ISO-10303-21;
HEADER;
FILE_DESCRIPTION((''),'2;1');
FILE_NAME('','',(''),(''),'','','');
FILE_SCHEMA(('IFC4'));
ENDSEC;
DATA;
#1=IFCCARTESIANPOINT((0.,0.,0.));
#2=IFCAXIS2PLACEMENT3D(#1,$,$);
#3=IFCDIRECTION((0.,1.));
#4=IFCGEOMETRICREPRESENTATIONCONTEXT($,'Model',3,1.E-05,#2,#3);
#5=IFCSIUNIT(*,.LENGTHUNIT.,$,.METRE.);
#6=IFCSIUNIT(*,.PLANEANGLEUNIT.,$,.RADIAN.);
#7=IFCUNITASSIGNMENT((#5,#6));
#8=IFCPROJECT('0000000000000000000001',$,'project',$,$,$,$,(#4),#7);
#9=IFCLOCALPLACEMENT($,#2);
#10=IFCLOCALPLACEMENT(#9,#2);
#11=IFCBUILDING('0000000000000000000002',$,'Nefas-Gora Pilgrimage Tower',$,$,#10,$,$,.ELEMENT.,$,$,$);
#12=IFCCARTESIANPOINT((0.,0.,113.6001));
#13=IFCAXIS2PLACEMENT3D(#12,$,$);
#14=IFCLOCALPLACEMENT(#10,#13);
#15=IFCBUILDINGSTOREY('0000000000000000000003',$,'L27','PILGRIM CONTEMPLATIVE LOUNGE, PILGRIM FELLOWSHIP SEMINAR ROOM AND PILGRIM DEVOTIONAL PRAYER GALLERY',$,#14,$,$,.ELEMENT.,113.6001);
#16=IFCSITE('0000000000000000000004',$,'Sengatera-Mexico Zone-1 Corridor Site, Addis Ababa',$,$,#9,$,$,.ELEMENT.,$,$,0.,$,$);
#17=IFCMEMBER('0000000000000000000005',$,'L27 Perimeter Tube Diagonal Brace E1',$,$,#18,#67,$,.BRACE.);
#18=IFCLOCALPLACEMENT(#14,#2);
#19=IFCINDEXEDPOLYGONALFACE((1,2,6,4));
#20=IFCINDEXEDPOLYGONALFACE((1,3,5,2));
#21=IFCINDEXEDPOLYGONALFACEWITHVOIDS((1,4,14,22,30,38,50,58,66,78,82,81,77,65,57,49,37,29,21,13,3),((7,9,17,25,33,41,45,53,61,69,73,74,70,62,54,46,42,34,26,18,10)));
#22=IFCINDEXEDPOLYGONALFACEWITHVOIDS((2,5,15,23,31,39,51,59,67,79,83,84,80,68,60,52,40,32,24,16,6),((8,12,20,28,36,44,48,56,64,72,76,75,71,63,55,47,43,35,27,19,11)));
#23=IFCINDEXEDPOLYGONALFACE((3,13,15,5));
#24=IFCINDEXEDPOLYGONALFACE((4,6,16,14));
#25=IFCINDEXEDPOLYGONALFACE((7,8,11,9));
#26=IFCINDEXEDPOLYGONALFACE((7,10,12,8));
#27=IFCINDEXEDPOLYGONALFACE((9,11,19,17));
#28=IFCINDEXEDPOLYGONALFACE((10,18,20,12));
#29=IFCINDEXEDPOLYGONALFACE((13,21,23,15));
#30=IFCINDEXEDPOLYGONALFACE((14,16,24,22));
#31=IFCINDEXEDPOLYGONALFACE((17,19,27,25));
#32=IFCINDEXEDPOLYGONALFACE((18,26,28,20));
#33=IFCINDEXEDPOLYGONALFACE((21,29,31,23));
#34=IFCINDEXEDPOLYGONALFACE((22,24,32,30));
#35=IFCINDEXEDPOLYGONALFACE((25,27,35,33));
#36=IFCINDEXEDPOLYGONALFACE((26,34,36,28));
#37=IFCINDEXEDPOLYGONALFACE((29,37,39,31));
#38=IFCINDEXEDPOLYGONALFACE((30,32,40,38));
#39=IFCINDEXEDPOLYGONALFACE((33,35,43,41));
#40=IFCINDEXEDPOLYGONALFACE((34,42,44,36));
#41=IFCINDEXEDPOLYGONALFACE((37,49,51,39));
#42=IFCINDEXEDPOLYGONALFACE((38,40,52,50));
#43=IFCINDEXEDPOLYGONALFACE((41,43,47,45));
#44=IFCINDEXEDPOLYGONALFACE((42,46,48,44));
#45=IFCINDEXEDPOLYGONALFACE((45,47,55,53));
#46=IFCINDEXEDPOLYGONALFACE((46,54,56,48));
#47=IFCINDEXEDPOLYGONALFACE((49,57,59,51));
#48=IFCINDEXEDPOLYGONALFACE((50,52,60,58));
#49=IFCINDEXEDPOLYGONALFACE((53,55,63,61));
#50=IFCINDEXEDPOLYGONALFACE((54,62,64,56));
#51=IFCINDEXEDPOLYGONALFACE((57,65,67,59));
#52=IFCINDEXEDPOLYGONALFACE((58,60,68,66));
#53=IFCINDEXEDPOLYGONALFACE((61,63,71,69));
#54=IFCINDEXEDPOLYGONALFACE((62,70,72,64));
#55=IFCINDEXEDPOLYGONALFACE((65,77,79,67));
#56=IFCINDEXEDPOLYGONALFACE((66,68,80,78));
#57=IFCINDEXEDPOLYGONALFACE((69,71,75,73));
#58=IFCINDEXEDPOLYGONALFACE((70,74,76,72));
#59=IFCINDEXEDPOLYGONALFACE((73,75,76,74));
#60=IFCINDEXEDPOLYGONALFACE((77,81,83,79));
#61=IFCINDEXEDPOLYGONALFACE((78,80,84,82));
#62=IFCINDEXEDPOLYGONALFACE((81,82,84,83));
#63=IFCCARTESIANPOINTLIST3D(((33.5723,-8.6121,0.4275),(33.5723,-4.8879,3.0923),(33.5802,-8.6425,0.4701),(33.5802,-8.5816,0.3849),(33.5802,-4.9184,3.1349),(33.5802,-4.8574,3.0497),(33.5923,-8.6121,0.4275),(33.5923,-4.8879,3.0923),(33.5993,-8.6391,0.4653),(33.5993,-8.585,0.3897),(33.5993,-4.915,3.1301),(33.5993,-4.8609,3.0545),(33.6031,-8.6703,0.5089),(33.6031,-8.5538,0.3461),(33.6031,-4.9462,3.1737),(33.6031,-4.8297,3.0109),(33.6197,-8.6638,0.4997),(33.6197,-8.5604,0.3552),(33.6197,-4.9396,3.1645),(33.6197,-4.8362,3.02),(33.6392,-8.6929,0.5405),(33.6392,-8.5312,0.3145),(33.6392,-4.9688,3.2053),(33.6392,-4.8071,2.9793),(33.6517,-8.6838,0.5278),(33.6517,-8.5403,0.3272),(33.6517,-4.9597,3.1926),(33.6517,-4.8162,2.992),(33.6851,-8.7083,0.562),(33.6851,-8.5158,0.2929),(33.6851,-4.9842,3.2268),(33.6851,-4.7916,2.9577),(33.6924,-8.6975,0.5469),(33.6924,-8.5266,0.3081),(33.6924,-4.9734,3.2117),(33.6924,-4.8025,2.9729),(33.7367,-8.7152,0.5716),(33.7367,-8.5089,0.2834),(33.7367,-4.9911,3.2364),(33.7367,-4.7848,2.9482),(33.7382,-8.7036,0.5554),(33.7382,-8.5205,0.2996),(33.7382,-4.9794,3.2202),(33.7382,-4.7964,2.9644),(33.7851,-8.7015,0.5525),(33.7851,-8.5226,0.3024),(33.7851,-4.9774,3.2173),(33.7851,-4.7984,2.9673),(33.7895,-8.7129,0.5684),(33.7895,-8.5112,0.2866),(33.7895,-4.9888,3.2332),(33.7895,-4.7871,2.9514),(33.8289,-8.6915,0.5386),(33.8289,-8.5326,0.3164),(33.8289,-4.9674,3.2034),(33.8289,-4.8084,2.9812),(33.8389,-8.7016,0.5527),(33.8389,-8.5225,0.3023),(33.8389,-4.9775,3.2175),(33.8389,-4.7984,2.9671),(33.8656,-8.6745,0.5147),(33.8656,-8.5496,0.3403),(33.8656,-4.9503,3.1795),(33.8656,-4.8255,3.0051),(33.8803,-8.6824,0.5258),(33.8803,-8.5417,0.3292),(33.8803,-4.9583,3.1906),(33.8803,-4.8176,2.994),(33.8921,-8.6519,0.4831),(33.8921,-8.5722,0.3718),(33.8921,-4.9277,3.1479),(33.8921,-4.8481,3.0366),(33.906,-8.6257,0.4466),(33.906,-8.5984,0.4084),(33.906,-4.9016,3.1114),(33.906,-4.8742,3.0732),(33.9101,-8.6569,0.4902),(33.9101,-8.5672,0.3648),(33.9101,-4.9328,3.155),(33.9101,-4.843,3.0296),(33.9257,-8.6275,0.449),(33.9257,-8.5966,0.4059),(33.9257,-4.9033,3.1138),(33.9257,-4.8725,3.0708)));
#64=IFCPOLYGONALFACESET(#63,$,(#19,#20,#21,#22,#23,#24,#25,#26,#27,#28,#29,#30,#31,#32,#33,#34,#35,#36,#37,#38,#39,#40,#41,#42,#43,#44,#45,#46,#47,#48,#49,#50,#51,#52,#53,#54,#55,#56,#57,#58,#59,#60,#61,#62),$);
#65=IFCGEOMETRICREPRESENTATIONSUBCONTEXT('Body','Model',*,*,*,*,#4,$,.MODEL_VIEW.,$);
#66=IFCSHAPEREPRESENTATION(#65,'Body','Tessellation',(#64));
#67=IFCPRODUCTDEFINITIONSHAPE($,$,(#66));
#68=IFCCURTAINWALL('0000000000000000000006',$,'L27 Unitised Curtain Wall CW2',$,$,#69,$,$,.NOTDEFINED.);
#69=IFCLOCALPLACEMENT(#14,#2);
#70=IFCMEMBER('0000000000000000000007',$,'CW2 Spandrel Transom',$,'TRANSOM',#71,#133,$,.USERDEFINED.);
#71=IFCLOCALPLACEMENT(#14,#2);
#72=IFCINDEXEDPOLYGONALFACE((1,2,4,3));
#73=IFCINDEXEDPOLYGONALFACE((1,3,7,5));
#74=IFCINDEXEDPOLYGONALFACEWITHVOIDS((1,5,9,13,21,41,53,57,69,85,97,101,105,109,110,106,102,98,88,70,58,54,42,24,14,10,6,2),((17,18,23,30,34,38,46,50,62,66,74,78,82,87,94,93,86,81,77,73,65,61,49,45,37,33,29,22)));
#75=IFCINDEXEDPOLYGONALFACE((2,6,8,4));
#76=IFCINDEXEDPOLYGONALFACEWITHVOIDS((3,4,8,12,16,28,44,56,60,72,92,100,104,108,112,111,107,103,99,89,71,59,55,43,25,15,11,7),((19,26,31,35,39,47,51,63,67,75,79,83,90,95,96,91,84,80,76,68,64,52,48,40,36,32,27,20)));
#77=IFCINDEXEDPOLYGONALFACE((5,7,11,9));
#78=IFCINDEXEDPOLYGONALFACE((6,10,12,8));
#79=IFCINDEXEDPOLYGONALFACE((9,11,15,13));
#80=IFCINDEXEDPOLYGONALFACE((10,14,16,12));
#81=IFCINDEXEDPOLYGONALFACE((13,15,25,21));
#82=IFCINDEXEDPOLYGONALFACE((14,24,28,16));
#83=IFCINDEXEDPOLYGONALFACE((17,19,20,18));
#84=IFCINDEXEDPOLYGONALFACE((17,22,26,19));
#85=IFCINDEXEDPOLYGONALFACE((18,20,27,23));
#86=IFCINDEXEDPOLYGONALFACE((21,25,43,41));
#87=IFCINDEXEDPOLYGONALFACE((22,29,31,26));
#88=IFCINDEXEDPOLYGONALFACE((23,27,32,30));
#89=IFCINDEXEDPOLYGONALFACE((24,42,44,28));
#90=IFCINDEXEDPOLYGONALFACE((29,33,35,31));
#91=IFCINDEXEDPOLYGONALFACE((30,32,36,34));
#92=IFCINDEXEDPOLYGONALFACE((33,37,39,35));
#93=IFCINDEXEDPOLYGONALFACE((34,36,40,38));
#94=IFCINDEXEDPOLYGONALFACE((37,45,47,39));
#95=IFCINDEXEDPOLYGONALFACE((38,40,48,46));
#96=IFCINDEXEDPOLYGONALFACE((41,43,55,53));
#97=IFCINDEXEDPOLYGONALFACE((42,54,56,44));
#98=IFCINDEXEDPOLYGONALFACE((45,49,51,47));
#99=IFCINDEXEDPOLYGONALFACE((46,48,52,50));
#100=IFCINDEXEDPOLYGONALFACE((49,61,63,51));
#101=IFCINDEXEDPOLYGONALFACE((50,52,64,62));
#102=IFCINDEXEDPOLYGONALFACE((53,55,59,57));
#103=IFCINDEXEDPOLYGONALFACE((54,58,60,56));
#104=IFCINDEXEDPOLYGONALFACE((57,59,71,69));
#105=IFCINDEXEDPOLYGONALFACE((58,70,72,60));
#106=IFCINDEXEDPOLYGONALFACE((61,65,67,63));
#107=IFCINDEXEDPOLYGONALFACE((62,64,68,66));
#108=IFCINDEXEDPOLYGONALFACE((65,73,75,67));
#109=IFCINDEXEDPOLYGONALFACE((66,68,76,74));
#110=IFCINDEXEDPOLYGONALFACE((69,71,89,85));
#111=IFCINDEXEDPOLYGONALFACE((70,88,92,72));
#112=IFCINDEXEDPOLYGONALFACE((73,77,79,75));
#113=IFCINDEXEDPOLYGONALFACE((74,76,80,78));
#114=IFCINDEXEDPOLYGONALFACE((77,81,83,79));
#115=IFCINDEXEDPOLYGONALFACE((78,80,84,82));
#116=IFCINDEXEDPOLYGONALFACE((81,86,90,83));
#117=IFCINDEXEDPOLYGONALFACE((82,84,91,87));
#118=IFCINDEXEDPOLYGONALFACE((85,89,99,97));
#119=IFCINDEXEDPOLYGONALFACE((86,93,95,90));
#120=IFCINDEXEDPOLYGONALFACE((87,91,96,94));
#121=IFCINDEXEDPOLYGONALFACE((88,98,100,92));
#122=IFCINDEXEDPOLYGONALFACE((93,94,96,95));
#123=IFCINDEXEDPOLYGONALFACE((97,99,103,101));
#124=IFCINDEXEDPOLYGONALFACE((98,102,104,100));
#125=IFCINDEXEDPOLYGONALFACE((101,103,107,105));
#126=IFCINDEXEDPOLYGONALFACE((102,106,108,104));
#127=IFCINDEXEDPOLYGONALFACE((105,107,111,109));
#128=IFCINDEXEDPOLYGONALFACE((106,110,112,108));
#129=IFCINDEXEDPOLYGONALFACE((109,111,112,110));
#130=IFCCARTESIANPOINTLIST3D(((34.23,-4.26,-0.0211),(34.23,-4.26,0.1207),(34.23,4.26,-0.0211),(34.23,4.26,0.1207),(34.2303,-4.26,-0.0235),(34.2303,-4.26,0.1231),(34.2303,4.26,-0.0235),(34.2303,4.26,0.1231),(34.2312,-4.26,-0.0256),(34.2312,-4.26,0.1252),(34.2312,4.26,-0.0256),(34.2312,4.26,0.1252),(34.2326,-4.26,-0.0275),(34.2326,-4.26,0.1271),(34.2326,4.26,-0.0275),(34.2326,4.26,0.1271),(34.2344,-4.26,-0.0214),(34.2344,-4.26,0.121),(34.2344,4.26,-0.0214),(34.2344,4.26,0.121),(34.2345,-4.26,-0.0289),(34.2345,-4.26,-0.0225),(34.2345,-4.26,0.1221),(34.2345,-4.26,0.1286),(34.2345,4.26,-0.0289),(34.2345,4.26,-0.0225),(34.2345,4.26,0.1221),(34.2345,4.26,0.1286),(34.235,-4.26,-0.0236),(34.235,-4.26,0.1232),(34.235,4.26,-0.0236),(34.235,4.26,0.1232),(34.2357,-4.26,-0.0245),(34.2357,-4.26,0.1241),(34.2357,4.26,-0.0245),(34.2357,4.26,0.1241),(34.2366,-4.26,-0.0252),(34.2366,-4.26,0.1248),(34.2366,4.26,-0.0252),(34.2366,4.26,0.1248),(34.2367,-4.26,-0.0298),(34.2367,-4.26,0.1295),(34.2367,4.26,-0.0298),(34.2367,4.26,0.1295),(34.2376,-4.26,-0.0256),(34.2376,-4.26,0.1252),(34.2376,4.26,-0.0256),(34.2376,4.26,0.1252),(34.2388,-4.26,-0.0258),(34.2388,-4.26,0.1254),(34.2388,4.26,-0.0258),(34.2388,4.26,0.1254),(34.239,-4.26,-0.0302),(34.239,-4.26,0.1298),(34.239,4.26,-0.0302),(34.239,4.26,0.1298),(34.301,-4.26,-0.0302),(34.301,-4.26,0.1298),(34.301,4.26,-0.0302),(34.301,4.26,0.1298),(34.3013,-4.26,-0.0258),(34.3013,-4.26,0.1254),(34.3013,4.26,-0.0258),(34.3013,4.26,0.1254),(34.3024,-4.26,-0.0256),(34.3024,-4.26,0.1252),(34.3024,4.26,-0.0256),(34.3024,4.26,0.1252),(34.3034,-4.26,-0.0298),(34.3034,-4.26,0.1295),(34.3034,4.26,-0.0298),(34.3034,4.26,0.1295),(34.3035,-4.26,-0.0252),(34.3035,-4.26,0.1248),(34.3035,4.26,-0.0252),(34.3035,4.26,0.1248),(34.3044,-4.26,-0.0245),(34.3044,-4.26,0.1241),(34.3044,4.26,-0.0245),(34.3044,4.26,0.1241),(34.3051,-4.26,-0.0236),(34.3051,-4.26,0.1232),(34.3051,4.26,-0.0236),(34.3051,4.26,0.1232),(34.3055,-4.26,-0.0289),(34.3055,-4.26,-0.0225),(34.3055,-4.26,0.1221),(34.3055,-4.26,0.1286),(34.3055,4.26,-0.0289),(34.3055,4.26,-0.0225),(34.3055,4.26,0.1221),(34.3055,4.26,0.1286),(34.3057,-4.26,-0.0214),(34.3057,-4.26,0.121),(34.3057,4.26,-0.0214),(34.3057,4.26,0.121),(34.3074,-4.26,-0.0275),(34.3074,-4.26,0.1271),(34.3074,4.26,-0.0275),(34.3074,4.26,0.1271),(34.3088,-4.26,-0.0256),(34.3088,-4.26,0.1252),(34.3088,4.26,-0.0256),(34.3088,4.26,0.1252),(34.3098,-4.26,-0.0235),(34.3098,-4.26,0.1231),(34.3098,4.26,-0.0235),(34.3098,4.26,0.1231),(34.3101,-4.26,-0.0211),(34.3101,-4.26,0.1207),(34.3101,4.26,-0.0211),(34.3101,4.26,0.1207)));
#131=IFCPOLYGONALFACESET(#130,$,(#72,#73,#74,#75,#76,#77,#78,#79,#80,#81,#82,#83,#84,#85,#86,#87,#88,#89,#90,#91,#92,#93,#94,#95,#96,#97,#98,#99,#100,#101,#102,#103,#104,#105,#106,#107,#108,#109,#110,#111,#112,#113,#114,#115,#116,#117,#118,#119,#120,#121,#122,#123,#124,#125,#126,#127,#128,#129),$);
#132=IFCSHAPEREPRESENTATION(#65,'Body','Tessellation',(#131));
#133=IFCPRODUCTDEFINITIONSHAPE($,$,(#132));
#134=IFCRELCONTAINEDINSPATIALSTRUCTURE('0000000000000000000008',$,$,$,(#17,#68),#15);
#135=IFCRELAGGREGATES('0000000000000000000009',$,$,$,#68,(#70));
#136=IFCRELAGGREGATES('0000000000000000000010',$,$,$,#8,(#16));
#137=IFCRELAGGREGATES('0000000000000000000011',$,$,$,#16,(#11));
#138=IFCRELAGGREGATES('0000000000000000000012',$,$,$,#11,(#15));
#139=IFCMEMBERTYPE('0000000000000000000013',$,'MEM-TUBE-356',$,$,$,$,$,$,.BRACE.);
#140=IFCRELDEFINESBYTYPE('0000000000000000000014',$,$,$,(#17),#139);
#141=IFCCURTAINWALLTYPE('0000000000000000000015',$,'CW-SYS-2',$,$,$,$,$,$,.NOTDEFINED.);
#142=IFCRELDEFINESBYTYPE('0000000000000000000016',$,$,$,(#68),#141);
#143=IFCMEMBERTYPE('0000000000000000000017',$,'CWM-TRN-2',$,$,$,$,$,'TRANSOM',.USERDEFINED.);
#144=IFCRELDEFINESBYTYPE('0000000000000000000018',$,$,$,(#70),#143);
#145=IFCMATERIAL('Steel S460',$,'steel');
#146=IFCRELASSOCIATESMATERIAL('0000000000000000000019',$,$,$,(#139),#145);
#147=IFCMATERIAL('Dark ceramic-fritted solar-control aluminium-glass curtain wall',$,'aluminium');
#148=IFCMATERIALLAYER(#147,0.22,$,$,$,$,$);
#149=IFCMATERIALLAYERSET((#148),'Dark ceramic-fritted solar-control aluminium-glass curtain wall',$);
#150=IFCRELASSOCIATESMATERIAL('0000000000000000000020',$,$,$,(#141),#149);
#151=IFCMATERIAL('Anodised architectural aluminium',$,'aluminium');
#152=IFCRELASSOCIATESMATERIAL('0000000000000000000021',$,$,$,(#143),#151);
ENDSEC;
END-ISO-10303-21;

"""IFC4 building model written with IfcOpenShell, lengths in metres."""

from ifc_helpers import new_model, si_unit, direction, frame, origin, origin_2d, place, context, subcontext, project, spatial, hollow_rectangle, hollow_circle, extrude, source, transform, mapped, material, layer, layer_set, material_profile, profile_set, type_object, element, aggregate, save


model = new_model("IFC4")

# Units and contexts
model_context = context("Model", 3, precision=1e-05, world=origin(), true_north=direction((0.0, 1.0)))
body_context = subcontext(model_context, "Body", "Model", "MODEL_VIEW")
ifc_project = project(units=[si_unit("LENGTHUNIT", "METRE"), si_unit("PLANEANGLEUNIT", "RADIAN")], contexts=[model_context])

# Site, building, storey
site_placement = place(None, origin())
site = spatial("IfcSite", under=ifc_project, at=site_placement, Name="Sengatera-Mexico Zone-1 Corridor Site, Addis Ababa", CompositionType="ELEMENT", RefElevation=0.0)
building_placement = place(site_placement, origin())
building = spatial("IfcBuilding", under=site, at=building_placement, Name="Nefas-Gora Pilgrimage Tower", CompositionType="ELEMENT")
storey_placement = place(building_placement, frame((0.0, 0.0, 113.6001)))
storey = spatial("IfcBuildingStorey", under=building, at=storey_placement, Name="L27", Description="PILGRIM CONTEMPLATIVE LOUNGE, PILGRIM FELLOWSHIP SEMINAR ROOM AND PILGRIM DEVOTIONAL PRAYER GALLERY", CompositionType="ELEMENT", Elevation=113.6001)

# Shared definitions
ifc_material_1 = material(Name="Steel S460", Category="steel")

# Member
ifc_material_profile_1 = material_profile(ifc_material_1, hollow_circle(Radius=0.1777, WallThickness=0.02, at=origin_2d()), Name="CHS 355.6x20")
ifc_profile_set_1 = profile_set([ifc_material_profile_1], Name="Steel S460")
member_type_1 = type_object("IfcMemberType", Name="MEM-TUBE-356", PredefinedType="BRACE", material=ifc_profile_set_1)
shared_shape_1 = source(origin(), body_context, "Body", "SweptSolid", [
    extrude(hollow_circle(Radius=0.1777, WallThickness=0.02, at=origin_2d()), origin(), (0.0, 0.0, 1.0), 4.5793),
])
member_1_placement = place(storey_placement, frame((33.75, -8.6121, 0.4275), z_axis=(0.0, 0.813247, 0.581919), x_axis=(-1.0, 0.0, 0.0)))
element("IfcMember", 1, at=member_1_placement, inside=storey, type_object=member_type_1, Name="L27 Perimeter Tube Diagonal Brace E1", PredefinedType="BRACE", context=body_context, shape_type="MappedRepresentation", body=[
    mapped(shared_shape_1, transform((0.0, 0.0, 0.0), x_axis=(1.0, 0.0, 0.0), y_axis=(0.0, 1.0, 0.0), z_axis=(0.0, 0.0, 1.0), scale=1.0)),
])

# Curtain wall, member
ifc_material_2 = material(Name="Dark ceramic-fritted solar-control aluminium-glass curtain wall", Category="aluminium")
ifc_layer_1 = layer(ifc_material_2, 0.22)
ifc_layer_set_1 = layer_set([ifc_layer_1], Name="Dark ceramic-fritted solar-control aluminium-glass curtain wall")
curtain_wall_type = type_object("IfcCurtainWallType", Name="CW-SYS-2", PredefinedType="NOTDEFINED", material=ifc_layer_set_1)
curtain_wall_1_placement = place(storey_placement, origin())
curtain_wall_1 = element("IfcCurtainWall", 2, at=curtain_wall_1_placement, inside=storey, type_object=curtain_wall_type, Name="L27 Unitised Curtain Wall CW2", PredefinedType="NOTDEFINED")
ifc_material_3 = material(Name="Anodised architectural aluminium", Category="aluminium")
ifc_material_profile_2 = material_profile(ifc_material_3, hollow_rectangle(XDim=0.0801, YDim=0.1599, WallThickness=0.0044, InnerFilletRadius=0.0044, OuterFilletRadius=0.009, at=origin_2d()), Name="ALU TRANSOM 80x160")
ifc_profile_set_2 = profile_set([ifc_material_profile_2], Name="Anodised architectural aluminium")
member_type_2 = type_object("IfcMemberType", Name="CWM-TRN-2", ElementType="TRANSOM", PredefinedType="USERDEFINED", material=ifc_profile_set_2)
shared_shape_2 = source(origin(), body_context, "Body", "SweptSolid", [
    extrude(hollow_rectangle(XDim=0.0801, YDim=0.1599, WallThickness=0.0044, InnerFilletRadius=0.0044, OuterFilletRadius=0.009, at=origin_2d()), origin(), (0.0, 0.0, 1.0), 8.52),
])
member_2_placement = place(storey_placement, frame((34.27, -4.26, 0.0498), z_axis=(0.0, 1.0, 0.0), x_axis=(-1.0, 0.0, 0.0)))
member_2 = element("IfcMember", 3, at=member_2_placement, type_object=member_type_2, Name="CW2 Spandrel Transom", ObjectType="TRANSOM", PredefinedType="USERDEFINED", context=body_context, shape_type="MappedRepresentation", body=[
    mapped(shared_shape_2, transform((0.0, 0.0, 0.0), x_axis=(1.0, 0.0, 0.0), y_axis=(0.0, 1.0, 0.0), z_axis=(0.0, 0.0, 1.0), scale=1.0)),
])

aggregate(curtain_wall_1, [member_2])

save(model, "model.ifc")
